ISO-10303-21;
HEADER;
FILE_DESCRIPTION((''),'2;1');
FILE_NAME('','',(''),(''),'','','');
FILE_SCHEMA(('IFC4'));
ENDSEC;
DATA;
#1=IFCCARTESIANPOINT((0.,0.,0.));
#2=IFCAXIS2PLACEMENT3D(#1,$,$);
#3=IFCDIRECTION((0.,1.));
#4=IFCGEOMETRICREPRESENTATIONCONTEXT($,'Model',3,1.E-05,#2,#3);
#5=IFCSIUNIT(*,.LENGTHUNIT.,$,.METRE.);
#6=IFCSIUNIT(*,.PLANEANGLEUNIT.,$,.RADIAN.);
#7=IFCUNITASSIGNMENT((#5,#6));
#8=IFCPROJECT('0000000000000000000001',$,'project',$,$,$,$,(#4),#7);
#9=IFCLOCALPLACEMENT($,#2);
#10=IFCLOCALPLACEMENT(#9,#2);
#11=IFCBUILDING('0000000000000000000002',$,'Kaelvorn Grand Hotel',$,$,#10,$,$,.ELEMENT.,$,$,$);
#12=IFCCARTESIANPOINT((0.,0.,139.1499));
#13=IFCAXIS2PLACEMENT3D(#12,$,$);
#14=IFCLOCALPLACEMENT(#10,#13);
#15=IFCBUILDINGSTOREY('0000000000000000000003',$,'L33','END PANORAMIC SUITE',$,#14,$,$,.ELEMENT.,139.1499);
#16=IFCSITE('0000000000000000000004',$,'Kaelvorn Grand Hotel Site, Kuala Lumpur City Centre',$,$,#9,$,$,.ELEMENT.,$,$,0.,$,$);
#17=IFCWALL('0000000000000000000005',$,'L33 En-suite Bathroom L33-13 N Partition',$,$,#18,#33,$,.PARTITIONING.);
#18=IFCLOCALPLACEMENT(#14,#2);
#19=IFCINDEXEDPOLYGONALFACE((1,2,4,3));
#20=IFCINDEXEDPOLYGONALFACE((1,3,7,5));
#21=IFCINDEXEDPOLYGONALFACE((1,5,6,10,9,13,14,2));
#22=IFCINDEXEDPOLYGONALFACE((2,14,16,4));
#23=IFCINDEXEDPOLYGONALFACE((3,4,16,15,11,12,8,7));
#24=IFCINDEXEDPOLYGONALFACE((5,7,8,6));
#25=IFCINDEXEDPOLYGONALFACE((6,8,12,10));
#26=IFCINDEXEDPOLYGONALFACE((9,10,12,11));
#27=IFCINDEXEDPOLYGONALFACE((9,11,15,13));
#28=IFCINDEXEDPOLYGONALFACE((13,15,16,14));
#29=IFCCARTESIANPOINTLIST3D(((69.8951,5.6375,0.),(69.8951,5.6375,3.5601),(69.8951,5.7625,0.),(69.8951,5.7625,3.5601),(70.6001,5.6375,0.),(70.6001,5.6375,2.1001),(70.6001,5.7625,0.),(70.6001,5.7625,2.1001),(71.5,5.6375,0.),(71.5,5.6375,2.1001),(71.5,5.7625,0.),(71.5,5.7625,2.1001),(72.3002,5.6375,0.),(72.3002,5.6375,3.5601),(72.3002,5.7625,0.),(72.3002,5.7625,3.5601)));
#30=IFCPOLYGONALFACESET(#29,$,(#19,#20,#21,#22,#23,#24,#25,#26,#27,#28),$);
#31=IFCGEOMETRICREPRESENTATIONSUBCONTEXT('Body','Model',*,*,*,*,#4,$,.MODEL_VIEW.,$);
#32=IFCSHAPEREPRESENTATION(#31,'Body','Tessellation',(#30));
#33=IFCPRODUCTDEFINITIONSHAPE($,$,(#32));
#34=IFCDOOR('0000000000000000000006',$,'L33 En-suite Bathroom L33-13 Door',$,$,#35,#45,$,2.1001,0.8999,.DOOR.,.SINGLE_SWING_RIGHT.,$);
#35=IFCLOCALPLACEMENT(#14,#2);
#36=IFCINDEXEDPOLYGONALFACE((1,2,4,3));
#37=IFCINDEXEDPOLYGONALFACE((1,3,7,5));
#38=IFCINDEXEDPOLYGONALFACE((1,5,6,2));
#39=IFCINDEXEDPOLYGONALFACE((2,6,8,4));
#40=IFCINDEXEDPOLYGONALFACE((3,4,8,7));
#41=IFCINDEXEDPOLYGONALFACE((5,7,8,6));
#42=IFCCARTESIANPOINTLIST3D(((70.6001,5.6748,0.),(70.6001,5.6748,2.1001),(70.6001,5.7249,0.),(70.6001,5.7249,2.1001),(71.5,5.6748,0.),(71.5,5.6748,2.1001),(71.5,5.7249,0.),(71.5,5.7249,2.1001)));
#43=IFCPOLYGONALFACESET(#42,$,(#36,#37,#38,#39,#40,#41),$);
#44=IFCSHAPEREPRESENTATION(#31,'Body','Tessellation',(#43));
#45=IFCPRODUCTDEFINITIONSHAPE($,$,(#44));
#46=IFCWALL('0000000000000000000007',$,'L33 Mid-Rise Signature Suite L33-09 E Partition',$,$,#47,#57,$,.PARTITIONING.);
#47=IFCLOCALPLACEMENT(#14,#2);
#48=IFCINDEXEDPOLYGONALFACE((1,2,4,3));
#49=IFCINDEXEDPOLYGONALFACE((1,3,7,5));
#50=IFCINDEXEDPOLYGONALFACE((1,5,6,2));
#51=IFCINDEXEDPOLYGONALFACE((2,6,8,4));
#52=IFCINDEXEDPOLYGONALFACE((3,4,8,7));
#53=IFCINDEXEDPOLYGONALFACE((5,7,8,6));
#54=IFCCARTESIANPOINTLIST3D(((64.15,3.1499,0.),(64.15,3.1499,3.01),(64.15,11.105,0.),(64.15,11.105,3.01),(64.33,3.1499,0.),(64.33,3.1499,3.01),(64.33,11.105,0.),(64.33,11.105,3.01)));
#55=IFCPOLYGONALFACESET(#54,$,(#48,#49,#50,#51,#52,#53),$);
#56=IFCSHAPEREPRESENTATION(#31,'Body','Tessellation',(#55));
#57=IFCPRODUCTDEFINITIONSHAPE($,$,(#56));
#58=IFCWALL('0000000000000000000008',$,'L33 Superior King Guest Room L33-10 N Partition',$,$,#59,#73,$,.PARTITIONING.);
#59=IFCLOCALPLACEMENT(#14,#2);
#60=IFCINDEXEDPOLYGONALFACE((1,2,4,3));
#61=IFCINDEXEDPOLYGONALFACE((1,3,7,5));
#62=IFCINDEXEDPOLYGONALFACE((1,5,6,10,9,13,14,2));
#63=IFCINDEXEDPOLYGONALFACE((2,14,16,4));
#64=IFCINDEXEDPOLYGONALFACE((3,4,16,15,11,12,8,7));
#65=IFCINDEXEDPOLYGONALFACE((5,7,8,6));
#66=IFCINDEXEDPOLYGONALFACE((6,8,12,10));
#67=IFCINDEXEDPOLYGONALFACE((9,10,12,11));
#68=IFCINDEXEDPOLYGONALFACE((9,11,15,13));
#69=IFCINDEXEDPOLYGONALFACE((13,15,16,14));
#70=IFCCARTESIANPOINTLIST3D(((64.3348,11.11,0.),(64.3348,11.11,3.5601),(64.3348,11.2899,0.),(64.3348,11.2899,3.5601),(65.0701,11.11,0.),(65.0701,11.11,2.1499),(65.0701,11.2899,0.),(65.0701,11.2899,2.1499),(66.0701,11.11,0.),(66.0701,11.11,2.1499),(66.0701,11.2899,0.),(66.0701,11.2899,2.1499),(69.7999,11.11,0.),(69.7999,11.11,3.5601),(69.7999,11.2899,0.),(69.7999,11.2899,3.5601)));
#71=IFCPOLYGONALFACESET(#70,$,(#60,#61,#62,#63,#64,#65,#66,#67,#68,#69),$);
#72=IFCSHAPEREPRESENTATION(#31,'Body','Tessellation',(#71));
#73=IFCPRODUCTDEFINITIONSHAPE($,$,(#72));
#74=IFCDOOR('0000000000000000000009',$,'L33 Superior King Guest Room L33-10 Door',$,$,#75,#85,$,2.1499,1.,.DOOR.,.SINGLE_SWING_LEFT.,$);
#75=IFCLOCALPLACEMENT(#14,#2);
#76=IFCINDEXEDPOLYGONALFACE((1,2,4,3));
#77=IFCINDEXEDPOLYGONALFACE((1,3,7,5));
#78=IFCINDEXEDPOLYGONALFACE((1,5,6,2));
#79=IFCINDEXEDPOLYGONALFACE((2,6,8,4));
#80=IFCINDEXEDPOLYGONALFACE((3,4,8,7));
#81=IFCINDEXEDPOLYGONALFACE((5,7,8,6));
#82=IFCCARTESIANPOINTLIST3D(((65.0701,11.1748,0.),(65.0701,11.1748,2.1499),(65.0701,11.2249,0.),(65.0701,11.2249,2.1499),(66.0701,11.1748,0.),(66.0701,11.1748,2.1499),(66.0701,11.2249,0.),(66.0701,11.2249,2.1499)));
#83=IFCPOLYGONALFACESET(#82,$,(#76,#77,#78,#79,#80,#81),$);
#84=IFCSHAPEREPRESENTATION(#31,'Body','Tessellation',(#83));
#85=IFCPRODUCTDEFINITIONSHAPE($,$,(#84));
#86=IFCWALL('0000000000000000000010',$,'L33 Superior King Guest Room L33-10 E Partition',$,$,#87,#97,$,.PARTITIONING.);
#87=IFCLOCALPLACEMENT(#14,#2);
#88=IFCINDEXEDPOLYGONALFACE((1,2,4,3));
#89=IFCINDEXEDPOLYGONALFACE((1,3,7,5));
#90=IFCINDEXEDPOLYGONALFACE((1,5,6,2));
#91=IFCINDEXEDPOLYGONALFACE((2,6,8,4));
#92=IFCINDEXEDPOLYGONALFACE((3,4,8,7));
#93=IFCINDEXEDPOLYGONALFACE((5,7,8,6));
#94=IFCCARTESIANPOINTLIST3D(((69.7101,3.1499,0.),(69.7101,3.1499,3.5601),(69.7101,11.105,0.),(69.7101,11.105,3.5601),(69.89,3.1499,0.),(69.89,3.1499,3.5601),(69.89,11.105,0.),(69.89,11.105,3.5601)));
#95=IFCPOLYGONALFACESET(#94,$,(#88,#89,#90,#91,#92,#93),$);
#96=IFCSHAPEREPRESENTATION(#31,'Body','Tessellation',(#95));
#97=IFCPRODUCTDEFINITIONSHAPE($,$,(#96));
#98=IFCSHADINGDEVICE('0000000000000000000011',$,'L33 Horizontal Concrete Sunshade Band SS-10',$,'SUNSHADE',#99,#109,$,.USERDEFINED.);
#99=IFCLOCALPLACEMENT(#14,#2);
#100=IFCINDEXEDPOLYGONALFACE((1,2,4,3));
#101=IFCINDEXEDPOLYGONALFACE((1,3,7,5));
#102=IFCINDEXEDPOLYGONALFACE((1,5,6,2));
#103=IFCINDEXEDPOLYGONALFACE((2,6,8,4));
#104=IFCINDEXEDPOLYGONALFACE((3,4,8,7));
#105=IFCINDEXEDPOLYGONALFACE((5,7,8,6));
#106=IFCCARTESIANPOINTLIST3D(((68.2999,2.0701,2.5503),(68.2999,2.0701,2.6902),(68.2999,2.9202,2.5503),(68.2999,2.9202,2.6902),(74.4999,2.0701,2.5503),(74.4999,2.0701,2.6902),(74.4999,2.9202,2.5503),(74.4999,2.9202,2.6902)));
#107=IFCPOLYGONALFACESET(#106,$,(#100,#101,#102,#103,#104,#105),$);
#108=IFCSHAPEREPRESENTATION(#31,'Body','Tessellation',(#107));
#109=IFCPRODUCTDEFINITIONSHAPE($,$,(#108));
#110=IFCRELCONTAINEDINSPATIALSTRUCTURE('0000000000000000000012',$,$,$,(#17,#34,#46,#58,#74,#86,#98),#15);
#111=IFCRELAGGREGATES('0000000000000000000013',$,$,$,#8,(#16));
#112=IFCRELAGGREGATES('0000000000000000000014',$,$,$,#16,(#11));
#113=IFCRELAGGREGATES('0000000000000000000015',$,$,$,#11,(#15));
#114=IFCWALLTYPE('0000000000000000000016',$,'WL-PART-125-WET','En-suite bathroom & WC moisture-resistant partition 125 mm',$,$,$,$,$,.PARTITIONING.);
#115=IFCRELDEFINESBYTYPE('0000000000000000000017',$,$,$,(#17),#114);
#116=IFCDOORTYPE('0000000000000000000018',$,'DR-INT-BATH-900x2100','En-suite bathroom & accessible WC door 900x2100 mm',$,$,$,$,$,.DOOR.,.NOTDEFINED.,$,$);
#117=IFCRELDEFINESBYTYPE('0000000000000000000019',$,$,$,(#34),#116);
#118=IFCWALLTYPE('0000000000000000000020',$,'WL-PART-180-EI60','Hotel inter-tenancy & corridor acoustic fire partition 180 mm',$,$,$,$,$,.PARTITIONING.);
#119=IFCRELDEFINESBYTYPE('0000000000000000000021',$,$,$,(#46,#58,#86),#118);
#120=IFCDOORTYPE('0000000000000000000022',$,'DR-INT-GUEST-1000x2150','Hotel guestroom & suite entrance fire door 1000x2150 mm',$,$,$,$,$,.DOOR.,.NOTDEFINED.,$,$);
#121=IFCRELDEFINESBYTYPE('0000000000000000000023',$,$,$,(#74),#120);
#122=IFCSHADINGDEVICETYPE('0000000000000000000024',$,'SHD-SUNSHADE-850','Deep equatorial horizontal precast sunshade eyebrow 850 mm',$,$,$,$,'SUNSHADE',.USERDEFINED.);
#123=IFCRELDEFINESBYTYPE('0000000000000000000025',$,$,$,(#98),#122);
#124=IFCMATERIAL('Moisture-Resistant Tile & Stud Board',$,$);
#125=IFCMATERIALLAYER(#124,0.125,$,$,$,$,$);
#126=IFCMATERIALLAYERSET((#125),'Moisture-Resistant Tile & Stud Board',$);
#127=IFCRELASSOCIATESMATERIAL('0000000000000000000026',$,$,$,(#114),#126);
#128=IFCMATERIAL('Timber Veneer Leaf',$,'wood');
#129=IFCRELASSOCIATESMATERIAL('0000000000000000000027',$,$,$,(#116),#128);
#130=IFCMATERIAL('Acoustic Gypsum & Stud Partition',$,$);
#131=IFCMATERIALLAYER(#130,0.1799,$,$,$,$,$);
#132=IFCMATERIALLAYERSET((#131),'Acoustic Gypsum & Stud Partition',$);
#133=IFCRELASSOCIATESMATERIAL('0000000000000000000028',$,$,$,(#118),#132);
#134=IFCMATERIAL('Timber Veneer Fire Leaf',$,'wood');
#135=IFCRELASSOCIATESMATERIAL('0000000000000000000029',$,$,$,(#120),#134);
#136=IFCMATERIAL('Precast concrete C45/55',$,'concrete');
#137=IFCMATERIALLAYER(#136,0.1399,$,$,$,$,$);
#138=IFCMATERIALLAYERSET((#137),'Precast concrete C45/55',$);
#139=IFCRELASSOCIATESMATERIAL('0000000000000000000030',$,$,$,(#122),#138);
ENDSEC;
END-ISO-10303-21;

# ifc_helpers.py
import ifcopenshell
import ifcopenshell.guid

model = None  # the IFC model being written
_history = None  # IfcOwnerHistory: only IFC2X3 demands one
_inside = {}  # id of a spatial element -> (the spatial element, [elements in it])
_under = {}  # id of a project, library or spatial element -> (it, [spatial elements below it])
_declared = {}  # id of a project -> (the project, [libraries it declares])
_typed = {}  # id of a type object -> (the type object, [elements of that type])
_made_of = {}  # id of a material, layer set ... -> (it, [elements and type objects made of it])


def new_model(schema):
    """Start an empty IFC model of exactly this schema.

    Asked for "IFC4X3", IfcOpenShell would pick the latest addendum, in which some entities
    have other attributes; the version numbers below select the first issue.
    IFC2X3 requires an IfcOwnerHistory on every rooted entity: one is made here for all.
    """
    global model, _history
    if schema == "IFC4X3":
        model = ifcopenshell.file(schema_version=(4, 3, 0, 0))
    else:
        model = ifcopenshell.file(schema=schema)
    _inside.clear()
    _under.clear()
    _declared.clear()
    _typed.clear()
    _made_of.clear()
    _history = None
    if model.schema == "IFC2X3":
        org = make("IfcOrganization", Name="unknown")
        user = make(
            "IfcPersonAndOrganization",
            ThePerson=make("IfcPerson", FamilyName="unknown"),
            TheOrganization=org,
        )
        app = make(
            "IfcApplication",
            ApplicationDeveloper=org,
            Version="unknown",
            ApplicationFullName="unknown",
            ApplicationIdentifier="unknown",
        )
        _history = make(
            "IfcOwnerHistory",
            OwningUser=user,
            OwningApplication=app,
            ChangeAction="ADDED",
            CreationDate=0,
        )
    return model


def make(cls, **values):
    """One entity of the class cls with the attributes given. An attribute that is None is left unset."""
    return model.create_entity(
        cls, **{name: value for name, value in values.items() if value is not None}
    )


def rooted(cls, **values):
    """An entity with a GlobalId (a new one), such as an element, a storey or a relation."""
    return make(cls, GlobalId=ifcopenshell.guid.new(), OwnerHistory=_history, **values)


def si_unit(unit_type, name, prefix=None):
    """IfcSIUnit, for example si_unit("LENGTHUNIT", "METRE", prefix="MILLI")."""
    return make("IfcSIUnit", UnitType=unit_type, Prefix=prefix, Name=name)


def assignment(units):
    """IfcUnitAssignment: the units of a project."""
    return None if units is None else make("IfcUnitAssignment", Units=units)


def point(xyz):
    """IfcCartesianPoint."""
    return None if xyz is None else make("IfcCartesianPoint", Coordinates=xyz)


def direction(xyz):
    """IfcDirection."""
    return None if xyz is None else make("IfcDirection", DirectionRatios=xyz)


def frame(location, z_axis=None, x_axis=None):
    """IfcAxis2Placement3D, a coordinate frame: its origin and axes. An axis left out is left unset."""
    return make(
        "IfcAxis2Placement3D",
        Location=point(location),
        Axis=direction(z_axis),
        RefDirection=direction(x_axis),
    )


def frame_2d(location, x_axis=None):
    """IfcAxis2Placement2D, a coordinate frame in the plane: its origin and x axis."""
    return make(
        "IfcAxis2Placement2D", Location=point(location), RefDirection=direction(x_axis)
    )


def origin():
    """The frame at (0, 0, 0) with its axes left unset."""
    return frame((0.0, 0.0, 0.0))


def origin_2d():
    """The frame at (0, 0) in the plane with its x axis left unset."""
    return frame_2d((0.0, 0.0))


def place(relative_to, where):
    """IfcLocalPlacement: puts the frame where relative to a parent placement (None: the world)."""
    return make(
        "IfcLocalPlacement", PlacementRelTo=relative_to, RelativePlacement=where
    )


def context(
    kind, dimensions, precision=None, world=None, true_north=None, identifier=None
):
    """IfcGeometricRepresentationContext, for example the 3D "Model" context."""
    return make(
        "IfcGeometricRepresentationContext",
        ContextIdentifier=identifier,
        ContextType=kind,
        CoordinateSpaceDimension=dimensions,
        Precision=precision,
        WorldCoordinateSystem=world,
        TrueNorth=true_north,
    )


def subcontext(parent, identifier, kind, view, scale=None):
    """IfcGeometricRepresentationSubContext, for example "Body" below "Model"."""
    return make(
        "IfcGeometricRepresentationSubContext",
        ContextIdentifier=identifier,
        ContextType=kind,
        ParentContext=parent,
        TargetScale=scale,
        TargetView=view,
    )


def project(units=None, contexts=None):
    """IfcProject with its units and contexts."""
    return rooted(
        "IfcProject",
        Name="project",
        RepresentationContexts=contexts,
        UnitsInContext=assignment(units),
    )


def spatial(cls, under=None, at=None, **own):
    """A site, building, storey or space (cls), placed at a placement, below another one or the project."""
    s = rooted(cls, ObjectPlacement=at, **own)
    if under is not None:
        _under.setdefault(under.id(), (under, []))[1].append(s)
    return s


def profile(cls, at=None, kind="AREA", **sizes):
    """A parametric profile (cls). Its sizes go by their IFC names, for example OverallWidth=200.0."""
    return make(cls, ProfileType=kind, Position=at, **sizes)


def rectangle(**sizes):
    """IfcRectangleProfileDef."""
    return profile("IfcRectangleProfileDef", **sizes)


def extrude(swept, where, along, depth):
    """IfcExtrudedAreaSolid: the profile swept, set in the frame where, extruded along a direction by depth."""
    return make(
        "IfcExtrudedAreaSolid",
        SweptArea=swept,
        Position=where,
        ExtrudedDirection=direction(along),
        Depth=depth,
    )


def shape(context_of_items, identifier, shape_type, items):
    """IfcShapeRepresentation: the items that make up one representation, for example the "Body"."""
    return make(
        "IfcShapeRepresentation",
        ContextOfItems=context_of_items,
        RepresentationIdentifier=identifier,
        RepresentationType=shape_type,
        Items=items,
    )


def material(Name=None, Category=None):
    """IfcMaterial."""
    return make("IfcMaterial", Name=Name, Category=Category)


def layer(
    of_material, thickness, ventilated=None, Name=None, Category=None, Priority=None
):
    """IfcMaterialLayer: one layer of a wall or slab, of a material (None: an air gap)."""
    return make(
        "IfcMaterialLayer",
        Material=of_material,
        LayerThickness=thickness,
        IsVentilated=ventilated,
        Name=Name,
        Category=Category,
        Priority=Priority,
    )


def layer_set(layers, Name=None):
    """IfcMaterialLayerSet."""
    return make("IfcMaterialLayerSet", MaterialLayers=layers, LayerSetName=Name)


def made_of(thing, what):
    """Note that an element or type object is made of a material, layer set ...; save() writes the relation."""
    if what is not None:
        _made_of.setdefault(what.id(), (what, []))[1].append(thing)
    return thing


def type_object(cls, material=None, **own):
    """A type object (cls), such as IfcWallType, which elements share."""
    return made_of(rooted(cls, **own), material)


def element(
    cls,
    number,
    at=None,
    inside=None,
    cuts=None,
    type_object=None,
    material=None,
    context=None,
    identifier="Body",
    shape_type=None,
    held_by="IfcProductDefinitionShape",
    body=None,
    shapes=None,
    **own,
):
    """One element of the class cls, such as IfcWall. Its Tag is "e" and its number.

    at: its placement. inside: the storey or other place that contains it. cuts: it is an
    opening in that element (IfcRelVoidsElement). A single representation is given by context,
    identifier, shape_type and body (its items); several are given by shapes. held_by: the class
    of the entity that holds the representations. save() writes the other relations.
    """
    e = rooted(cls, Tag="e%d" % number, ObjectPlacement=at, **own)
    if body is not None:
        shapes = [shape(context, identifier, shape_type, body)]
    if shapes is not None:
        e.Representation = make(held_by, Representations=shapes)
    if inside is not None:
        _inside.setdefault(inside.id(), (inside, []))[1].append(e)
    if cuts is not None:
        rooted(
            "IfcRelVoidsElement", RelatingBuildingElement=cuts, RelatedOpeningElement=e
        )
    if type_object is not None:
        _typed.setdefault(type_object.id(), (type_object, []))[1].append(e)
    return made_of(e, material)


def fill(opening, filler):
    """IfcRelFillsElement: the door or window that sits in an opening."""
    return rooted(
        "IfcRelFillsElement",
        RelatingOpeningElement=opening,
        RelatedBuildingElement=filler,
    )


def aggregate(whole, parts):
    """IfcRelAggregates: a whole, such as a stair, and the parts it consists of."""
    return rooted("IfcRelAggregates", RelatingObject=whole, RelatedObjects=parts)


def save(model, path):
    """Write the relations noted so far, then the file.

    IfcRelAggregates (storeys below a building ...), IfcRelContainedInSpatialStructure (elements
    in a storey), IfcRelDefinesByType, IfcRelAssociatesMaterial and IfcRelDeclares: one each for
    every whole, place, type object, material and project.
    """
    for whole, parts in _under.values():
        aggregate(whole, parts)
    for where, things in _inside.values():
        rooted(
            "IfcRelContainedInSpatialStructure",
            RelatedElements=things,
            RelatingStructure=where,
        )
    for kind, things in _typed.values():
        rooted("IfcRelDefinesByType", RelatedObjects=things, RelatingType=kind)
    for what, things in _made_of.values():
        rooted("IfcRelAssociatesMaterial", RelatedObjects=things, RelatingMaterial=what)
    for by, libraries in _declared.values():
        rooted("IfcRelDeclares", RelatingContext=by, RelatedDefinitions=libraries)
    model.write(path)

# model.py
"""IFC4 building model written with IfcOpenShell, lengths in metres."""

from ifc_helpers import new_model, si_unit, direction, frame, frame_2d, origin, origin_2d, place, context, subcontext, project, spatial, rectangle, extrude, material, layer, layer_set, type_object, element, fill, save


model = new_model("IFC4")

# Units and contexts
model_context = context("Model", 3, precision=1e-05, world=origin(), true_north=direction((0.0, 1.0)))
body_context = subcontext(model_context, "Body", "Model", "MODEL_VIEW")
ifc_project = project(units=[si_unit("LENGTHUNIT", "METRE"), si_unit("PLANEANGLEUNIT", "RADIAN")], contexts=[model_context])

# Site, building, storey
site_placement = place(None, origin())
site = spatial("IfcSite", under=ifc_project, at=site_placement, Name="Kaelvorn Grand Hotel Site, Kuala Lumpur City Centre", CompositionType="ELEMENT", RefElevation=0.0)
building_placement = place(site_placement, origin())
building = spatial("IfcBuilding", under=site, at=building_placement, Name="Kaelvorn Grand Hotel", CompositionType="ELEMENT")
storey_placement = place(building_placement, frame((0.0, 0.0, 139.1499)))
storey = spatial("IfcBuildingStorey", under=building, at=storey_placement, Name="L33", Description="END PANORAMIC SUITE", CompositionType="ELEMENT", Elevation=139.1499)

# Shared definitions
ifc_material_1 = material(Name="Moisture-Resistant Tile & Stud Board")
ifc_layer_1 = layer(ifc_material_1, 0.125)
ifc_layer_set_1 = layer_set([ifc_layer_1], Name="Moisture-Resistant Tile & Stud Board")
wall_type_1 = type_object("IfcWallType", Name="WL-PART-125-WET", Description="En-suite bathroom & WC moisture-resistant partition 125 mm", PredefinedType="PARTITIONING", material=ifc_layer_set_1)
ifc_material_2 = material(Name="Timber Veneer Leaf", Category="wood")
door_type_1 = type_object("IfcDoorType", Name="DR-INT-BATH-900x2100", Description="En-suite bathroom & accessible WC door 900x2100 mm", OperationType="NOTDEFINED", PredefinedType="DOOR", material=ifc_material_2)

# Wall, opening, door
wall_1_placement = place(storey_placement, frame((69.895, 5.7, 0.0), z_axis=(0.0, 0.0, 1.0), x_axis=(1.0, 0.0, 0.0)))
wall_1 = element("IfcWall", 1, at=wall_1_placement, inside=storey, type_object=wall_type_1, Name="L33 En-suite Bathroom L33-13 N Partition", PredefinedType="PARTITIONING", context=body_context, shape_type="SweptSolid", body=[
    extrude(rectangle(XDim=2.405, YDim=0.125, at=frame_2d((1.2026, 0.0))), origin(), (0.0, 0.0, 1.0), 3.5601),
])
opening_1_placement = place(wall_1_placement, frame((0.7051, 0.0, 0.0)))
opening_1 = element("IfcOpeningElement", 2, at=opening_1_placement, cuts=wall_1, PredefinedType="OPENING", context=body_context, shape_type="SweptSolid", body=[
    extrude(rectangle(XDim=0.8999, YDim=2.1001, at=frame_2d((0.45, 1.05))), frame((0.0, 0.0725, 0.0), z_axis=(0.0, -1.0, 0.0), x_axis=(1.0, 0.0, 0.0)), (0.0, 0.0, 1.0), 0.145),
])
door_1_placement = place(opening_1_placement, origin())
door_1 = element("IfcDoor", 3, at=door_1_placement, inside=storey, type_object=door_type_1, Name="L33 En-suite Bathroom L33-13 Door", OperationType="SINGLE_SWING_RIGHT", OverallHeight=2.1001, OverallWidth=0.8999, PredefinedType="DOOR", context=body_context, shape_type="SweptSolid", body=[
    extrude(rectangle(XDim=0.8999, YDim=2.1001, at=frame_2d((0.45, 1.05))), frame((0.0, 0.0249, 0.0), z_axis=(0.0, -1.0, 0.0), x_axis=(1.0, 0.0, 0.0)), (0.0, 0.0, 1.0), 0.05),
])
fill(opening_1, door_1)

# Wall
ifc_material_3 = material(Name="Acoustic Gypsum & Stud Partition")
ifc_layer_2 = layer(ifc_material_3, 0.1799)
ifc_layer_set_2 = layer_set([ifc_layer_2], Name="Acoustic Gypsum & Stud Partition")
wall_type_2 = type_object("IfcWallType", Name="WL-PART-180-EI60", Description="Hotel inter-tenancy & corridor acoustic fire partition 180 mm", PredefinedType="PARTITIONING", material=ifc_layer_set_2)
wall_2_placement = place(storey_placement, frame((64.24, 3.1499, 0.0), z_axis=(0.0, 0.0, 1.0), x_axis=(0.0, 1.0, 0.0)))
element("IfcWall", 4, at=wall_2_placement, inside=storey, type_object=wall_type_2, Name="L33 Mid-Rise Signature Suite L33-09 E Partition", PredefinedType="PARTITIONING", context=body_context, shape_type="SweptSolid", body=[
    extrude(rectangle(XDim=7.9551, YDim=0.1799, at=frame_2d((3.9775, 0.0))), origin(), (0.0, 0.0, 1.0), 3.01),
])

# Wall, opening, door
wall_3_placement = place(storey_placement, frame((64.335, 11.2, 0.0), z_axis=(0.0, 0.0, 1.0), x_axis=(1.0, 0.0, 0.0)))
wall_3 = element("IfcWall", 5, at=wall_3_placement, inside=storey, type_object=wall_type_2, Name="L33 Superior King Guest Room L33-10 N Partition", PredefinedType="PARTITIONING", context=body_context, shape_type="SweptSolid", body=[
    extrude(rectangle(XDim=5.4651, YDim=0.1799, at=frame_2d((2.7324, 0.0))), origin(), (0.0, 0.0, 1.0), 3.5601),
])
opening_2_placement = place(wall_3_placement, frame((0.7351, 0.0, 0.0)))
opening_2 = element("IfcOpeningElement", 6, at=opening_2_placement, cuts=wall_3, PredefinedType="OPENING", context=body_context, shape_type="SweptSolid", body=[
    extrude(rectangle(XDim=1.0, YDim=2.1499, at=frame_2d((0.5, 1.075))), frame((0.0, 0.1001, 0.0), z_axis=(0.0, -1.0, 0.0), x_axis=(1.0, 0.0, 0.0)), (0.0, 0.0, 1.0), 0.2),
])
ifc_material_4 = material(Name="Timber Veneer Fire Leaf", Category="wood")
door_type_2 = type_object("IfcDoorType", Name="DR-INT-GUEST-1000x2150", Description="Hotel guestroom & suite entrance fire door 1000x2150 mm", OperationType="NOTDEFINED", PredefinedType="DOOR", material=ifc_material_4)
door_2_placement = place(opening_2_placement, origin())
door_2 = element("IfcDoor", 7, at=door_2_placement, inside=storey, type_object=door_type_2, Name="L33 Superior King Guest Room L33-10 Door", OperationType="SINGLE_SWING_LEFT", OverallHeight=2.1499, OverallWidth=1.0, PredefinedType="DOOR", context=body_context, shape_type="SweptSolid", body=[
    extrude(rectangle(XDim=1.0, YDim=2.1499, at=frame_2d((0.5, 1.075))), frame((0.0, 0.0249, 0.0), z_axis=(0.0, -1.0, 0.0), x_axis=(1.0, 0.0, 0.0)), (0.0, 0.0, 1.0), 0.05),
])
fill(opening_2, door_2)

# Wall
wall_4_placement = place(storey_placement, frame((69.8, 3.1499, 0.0), z_axis=(0.0, 0.0, 1.0), x_axis=(0.0, 1.0, 0.0)))
element("IfcWall", 8, at=wall_4_placement, inside=storey, type_object=wall_type_2, Name="L33 Superior King Guest Room L33-10 E Partition", PredefinedType="PARTITIONING", context=body_context, shape_type="SweptSolid", body=[
    extrude(rectangle(XDim=7.9551, YDim=0.1799, at=frame_2d((3.9775, 0.0))), origin(), (0.0, 0.0, 1.0), 3.5601),
])

# Shading device
ifc_material_5 = material(Name="Precast concrete C45/55", Category="concrete")
ifc_layer_3 = layer(ifc_material_5, 0.1399)
ifc_layer_set_3 = layer_set([ifc_layer_3], Name="Precast concrete C45/55")
shading_device_type = type_object("IfcShadingDeviceType", Name="SHD-SUNSHADE-850", Description="Deep equatorial horizontal precast sunshade eyebrow 850 mm", ElementType="SUNSHADE", PredefinedType="USERDEFINED", material=ifc_layer_set_3)
shading_device_placement = place(storey_placement, frame((71.3999, 2.4951, 2.5503), z_axis=(0.0, 0.0, 1.0), x_axis=(1.0, 0.0, 0.0)))
element("IfcShadingDevice", 9, at=shading_device_placement, inside=storey, type_object=shading_device_type, Name="L33 Horizontal Concrete Sunshade Band SS-10", ObjectType="SUNSHADE", PredefinedType="USERDEFINED", context=body_context, shape_type="SweptSolid", body=[
    extrude(rectangle(XDim=6.2, YDim=0.8501, at=origin_2d()), origin(), (0.0, 0.0, 1.0), 0.1399),
])

save(model, "model.ifc")
